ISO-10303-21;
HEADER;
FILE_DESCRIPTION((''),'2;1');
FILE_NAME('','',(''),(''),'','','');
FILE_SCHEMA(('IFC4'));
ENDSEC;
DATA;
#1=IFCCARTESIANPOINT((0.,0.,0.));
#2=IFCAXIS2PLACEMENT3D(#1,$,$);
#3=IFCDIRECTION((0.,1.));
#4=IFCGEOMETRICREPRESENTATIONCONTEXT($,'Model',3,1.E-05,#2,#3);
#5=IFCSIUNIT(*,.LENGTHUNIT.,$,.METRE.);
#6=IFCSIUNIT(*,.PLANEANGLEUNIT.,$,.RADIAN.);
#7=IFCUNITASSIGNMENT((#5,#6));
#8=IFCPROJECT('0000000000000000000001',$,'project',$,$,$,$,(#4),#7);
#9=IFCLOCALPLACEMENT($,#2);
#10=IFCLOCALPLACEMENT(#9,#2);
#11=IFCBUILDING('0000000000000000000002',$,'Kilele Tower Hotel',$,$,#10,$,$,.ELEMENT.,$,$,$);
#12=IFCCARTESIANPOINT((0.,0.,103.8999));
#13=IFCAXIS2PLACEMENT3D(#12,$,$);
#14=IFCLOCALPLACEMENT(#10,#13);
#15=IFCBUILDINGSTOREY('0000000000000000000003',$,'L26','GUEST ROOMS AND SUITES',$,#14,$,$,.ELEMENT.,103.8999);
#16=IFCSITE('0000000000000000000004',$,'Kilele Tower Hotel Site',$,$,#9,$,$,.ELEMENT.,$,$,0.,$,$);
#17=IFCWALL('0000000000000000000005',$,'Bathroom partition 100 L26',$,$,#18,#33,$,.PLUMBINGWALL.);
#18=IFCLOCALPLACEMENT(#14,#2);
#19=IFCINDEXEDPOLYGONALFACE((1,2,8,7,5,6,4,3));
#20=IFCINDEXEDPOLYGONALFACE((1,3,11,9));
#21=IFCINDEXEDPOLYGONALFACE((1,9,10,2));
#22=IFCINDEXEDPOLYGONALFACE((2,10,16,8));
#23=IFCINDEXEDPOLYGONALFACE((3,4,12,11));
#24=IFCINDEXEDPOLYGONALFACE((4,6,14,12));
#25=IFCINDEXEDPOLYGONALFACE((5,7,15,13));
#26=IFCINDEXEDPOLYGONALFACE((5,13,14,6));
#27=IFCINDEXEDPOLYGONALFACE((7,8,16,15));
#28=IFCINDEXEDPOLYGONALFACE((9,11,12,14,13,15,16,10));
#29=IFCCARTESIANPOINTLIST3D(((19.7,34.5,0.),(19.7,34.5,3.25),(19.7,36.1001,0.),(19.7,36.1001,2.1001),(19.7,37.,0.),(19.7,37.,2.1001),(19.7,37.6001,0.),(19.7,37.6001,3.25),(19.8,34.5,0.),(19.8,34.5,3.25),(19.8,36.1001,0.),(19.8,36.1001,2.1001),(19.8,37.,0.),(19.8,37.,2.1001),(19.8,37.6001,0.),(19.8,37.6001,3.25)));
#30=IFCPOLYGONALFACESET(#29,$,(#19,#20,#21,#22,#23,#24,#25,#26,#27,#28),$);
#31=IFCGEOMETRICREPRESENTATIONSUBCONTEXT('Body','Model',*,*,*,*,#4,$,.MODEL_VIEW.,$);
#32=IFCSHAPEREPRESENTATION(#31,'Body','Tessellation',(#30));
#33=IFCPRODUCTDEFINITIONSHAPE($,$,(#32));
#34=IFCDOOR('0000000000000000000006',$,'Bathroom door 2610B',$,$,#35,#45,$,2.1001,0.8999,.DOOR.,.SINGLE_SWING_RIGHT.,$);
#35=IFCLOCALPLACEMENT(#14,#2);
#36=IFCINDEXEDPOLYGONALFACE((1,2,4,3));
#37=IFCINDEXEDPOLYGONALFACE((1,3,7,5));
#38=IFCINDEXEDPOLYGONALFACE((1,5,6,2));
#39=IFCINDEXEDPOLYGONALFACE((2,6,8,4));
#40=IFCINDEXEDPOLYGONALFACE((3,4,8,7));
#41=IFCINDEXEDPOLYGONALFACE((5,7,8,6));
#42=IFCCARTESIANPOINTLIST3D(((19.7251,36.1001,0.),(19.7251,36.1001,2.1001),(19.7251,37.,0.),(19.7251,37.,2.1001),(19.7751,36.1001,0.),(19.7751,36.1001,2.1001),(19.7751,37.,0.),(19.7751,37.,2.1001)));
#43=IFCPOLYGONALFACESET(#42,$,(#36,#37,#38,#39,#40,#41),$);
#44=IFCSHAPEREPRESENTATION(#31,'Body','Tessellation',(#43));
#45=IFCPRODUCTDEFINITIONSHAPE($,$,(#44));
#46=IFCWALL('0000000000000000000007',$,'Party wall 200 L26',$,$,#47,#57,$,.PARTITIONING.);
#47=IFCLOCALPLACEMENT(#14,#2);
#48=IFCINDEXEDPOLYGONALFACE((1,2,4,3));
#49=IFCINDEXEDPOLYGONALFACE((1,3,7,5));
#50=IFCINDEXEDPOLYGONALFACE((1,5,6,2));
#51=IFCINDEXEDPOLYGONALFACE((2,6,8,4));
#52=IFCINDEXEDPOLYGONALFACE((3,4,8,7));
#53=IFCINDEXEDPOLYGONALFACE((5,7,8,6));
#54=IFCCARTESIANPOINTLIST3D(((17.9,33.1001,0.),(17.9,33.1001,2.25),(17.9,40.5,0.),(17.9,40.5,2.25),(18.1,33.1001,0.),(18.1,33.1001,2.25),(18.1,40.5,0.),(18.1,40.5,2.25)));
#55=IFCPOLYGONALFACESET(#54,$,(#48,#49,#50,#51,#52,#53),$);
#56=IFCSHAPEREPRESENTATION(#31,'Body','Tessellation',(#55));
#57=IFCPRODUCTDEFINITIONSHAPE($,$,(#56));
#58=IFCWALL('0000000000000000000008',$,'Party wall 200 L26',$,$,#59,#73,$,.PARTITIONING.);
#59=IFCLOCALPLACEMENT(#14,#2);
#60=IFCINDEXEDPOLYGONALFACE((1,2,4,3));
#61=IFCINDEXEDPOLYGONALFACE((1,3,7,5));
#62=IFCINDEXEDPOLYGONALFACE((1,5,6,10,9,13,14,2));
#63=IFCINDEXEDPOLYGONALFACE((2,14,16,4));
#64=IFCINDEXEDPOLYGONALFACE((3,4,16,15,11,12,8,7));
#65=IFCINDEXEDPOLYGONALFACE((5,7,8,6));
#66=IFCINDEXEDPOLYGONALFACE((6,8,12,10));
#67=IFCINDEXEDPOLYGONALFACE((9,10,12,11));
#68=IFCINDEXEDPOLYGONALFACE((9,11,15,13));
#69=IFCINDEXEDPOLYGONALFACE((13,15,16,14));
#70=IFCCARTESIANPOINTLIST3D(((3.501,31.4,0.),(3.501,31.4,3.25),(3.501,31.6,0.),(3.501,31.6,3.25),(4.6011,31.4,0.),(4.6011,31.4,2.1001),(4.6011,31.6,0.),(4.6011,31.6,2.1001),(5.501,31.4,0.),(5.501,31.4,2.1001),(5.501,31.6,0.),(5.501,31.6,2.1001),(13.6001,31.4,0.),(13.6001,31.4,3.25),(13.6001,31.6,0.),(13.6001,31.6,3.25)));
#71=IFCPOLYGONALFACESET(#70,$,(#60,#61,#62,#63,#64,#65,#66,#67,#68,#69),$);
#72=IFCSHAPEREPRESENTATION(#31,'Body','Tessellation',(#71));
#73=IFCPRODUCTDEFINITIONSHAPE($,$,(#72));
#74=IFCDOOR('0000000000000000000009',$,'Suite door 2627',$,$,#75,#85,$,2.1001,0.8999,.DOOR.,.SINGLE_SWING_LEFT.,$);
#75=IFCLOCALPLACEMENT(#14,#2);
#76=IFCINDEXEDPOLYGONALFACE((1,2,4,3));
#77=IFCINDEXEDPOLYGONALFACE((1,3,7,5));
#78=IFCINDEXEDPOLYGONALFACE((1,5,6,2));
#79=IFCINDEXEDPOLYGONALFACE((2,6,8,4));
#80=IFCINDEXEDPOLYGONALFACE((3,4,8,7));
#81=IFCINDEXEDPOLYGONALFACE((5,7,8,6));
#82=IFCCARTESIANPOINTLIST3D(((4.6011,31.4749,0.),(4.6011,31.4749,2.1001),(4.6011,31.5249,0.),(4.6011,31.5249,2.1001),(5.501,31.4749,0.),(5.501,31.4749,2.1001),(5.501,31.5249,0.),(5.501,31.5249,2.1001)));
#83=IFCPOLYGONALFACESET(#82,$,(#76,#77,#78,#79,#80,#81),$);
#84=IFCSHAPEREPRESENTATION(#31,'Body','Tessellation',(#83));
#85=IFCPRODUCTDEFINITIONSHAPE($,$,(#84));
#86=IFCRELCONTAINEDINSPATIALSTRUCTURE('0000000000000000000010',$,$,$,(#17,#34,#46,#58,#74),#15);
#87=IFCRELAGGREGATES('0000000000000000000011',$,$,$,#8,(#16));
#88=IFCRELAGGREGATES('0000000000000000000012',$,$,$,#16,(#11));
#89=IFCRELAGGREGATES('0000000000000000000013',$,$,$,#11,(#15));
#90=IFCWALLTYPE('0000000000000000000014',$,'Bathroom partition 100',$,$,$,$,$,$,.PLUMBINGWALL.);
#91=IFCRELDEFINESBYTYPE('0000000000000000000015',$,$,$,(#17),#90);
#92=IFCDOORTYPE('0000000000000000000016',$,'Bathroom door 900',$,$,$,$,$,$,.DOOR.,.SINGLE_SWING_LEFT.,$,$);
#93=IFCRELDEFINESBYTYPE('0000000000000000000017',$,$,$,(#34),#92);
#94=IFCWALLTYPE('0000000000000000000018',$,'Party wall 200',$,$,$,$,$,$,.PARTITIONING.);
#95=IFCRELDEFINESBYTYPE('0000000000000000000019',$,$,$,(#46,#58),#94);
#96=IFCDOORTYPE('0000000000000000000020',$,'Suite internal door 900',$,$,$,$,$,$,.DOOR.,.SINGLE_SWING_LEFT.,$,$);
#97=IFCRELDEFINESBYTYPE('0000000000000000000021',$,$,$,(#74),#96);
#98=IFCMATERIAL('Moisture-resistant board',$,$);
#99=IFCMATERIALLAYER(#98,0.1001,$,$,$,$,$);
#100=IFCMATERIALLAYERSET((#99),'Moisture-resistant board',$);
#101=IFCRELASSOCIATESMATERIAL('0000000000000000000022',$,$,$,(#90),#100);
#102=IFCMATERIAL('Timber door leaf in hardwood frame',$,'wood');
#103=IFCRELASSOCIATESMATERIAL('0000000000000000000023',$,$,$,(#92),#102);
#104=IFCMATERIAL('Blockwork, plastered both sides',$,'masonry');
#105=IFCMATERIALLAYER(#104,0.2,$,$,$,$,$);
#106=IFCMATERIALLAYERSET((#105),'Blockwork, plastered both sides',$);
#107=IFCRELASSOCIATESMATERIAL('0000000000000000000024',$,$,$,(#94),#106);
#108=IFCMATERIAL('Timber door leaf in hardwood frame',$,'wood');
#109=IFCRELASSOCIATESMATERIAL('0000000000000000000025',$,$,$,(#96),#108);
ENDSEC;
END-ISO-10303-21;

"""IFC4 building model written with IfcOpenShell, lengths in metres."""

from ifc_helpers import new_model, si_unit, direction, frame, frame_2d, origin, place, context, subcontext, project, spatial, rectangle, extrude, material, layer, layer_set, type_object, element, fill, save


model = new_model("IFC4")

# Units and contexts
model_context = context("Model", 3, precision=1e-05, world=origin(), true_north=direction((0.0, 1.0)))
body_context = subcontext(model_context, "Body", "Model", "MODEL_VIEW")
ifc_project = project(units=[si_unit("LENGTHUNIT", "METRE"), si_unit("PLANEANGLEUNIT", "RADIAN")], contexts=[model_context])

# Site, building, storey
site_placement = place(None, origin())
site = spatial("IfcSite", under=ifc_project, at=site_placement, Name="Kilele Tower Hotel Site", CompositionType="ELEMENT", RefElevation=0.0)
building_placement = place(site_placement, origin())
building = spatial("IfcBuilding", under=site, at=building_placement, Name="Kilele Tower Hotel", CompositionType="ELEMENT")
storey_placement = place(building_placement, frame((0.0, 0.0, 103.8999)))
storey = spatial("IfcBuildingStorey", under=building, at=storey_placement, Name="L26", Description="GUEST ROOMS AND SUITES", CompositionType="ELEMENT", Elevation=103.8999)

# Shared definitions
ifc_material_1 = material(Name="Moisture-resistant board")
ifc_layer_1 = layer(ifc_material_1, 0.1001)
ifc_layer_set_1 = layer_set([ifc_layer_1], Name="Moisture-resistant board")
wall_type_1 = type_object("IfcWallType", Name="Bathroom partition 100", PredefinedType="PLUMBINGWALL", material=ifc_layer_set_1)

# Shared definitions
ifc_material_2 = material(Name="Timber door leaf in hardwood frame", Category="wood")
door_type_1 = type_object("IfcDoorType", Name="Bathroom door 900", OperationType="SINGLE_SWING_LEFT", PredefinedType="DOOR", material=ifc_material_2)

# Wall, opening, door
wall_1_placement = place(storey_placement, frame((19.75, 34.5, 0.0), z_axis=(0.0, 0.0, 1.0), x_axis=(0.0, 1.0, 0.0)))
wall_1 = element("IfcWall", 1, at=wall_1_placement, inside=storey, type_object=wall_type_1, Name="Bathroom partition 100 L26", PredefinedType="PLUMBINGWALL", context=body_context, shape_type="SweptSolid", body=[
    extrude(rectangle(XDim=3.1001, YDim=0.1001, at=frame_2d((1.55, 0.0))), origin(), (0.0, 0.0, 1.0), 3.25),
])
opening_1_placement = place(wall_1_placement, frame((1.6001, 0.0, 0.0)))
opening_1 = element("IfcOpeningElement", 2, at=opening_1_placement, cuts=wall_1, PredefinedType="OPENING", context=body_context, shape_type="SweptSolid", body=[
    extrude(rectangle(XDim=0.8999, YDim=2.1001, at=frame_2d((0.45, 1.05))), frame((0.0, 0.0601, 0.0), z_axis=(0.0, -1.0, 0.0), x_axis=(1.0, 0.0, 0.0)), (0.0, 0.0, 1.0), 0.1201),
])
door_1_placement = place(opening_1_placement, origin())
door_1 = element("IfcDoor", 3, at=door_1_placement, inside=storey, type_object=door_type_1, Name="Bathroom door 2610B", OperationType="SINGLE_SWING_RIGHT", OverallHeight=2.1001, OverallWidth=0.8999, PredefinedType="DOOR", context=body_context, shape_type="SweptSolid", body=[
    extrude(rectangle(XDim=0.8999, YDim=2.1001, at=frame_2d((0.45, 1.05))), frame((0.0, 0.0249, 0.0), z_axis=(0.0, -1.0, 0.0), x_axis=(1.0, 0.0, 0.0)), (0.0, 0.0, 1.0), 0.05),
])
fill(opening_1, door_1)

# Wall
ifc_material_3 = material(Name="Blockwork, plastered both sides", Category="masonry")
ifc_layer_2 = layer(ifc_material_3, 0.2)
ifc_layer_set_2 = layer_set([ifc_layer_2], Name="Blockwork, plastered both sides")
wall_type_2 = type_object("IfcWallType", Name="Party wall 200", PredefinedType="PARTITIONING", material=ifc_layer_set_2)
wall_2_placement = place(storey_placement, frame((18.0, 33.1001, 0.0), z_axis=(0.0, 0.0, 1.0), x_axis=(0.0, 1.0, 0.0)))
element("IfcWall", 4, at=wall_2_placement, inside=storey, type_object=wall_type_2, Name="Party wall 200 L26", PredefinedType="PARTITIONING", context=body_context, shape_type="SweptSolid", body=[
    extrude(rectangle(XDim=7.3999, YDim=0.2, at=frame_2d((3.7, 0.0))), origin(), (0.0, 0.0, 1.0), 2.25),
])

# Wall, opening, door
wall_3_placement = place(storey_placement, frame((13.6001, 31.5, 0.0), z_axis=(0.0, 0.0, 1.0), x_axis=(-1.0, 0.0, 0.0)))
wall_3 = element("IfcWall", 5, at=wall_3_placement, inside=storey, type_object=wall_type_2, Name="Party wall 200 L26", PredefinedType="PARTITIONING", context=body_context, shape_type="SweptSolid", body=[
    extrude(rectangle(XDim=10.0991, YDim=0.2, at=frame_2d((5.0496, 0.0))), origin(), (0.0, 0.0, 1.0), 3.25),
])
opening_2_placement = place(wall_3_placement, frame((8.999, 0.0, 0.0), z_axis=(0.0, 0.0, 1.0), x_axis=(-1.0, 0.0, 0.0)))
opening_2 = element("IfcOpeningElement", 6, at=opening_2_placement, cuts=wall_3, PredefinedType="OPENING", context=body_context, shape_type="SweptSolid", body=[
    extrude(rectangle(XDim=0.8999, YDim=2.1001, at=frame_2d((0.45, 1.05))), frame((0.0, 0.1099, 0.0), z_axis=(0.0, -1.0, 0.0), x_axis=(1.0, 0.0, 0.0)), (0.0, 0.0, 1.0), 0.22),
])
ifc_material_4 = material(Name="Timber door leaf in hardwood frame", Category="wood")
door_type_2 = type_object("IfcDoorType", Name="Suite internal door 900", OperationType="SINGLE_SWING_LEFT", PredefinedType="DOOR", material=ifc_material_4)
door_2_placement = place(opening_2_placement, origin())
door_2 = element("IfcDoor", 7, at=door_2_placement, inside=storey, type_object=door_type_2, Name="Suite door 2627", OperationType="SINGLE_SWING_LEFT", OverallHeight=2.1001, OverallWidth=0.8999, PredefinedType="DOOR", context=body_context, shape_type="SweptSolid", body=[
    extrude(rectangle(XDim=0.8999, YDim=2.1001, at=frame_2d((0.45, 1.05))), frame((0.0, 0.0249, 0.0), z_axis=(0.0, -1.0, 0.0), x_axis=(1.0, 0.0, 0.0)), (0.0, 0.0, 1.0), 0.05),
])
fill(opening_2, door_2)

save(model, "model.ifc")
